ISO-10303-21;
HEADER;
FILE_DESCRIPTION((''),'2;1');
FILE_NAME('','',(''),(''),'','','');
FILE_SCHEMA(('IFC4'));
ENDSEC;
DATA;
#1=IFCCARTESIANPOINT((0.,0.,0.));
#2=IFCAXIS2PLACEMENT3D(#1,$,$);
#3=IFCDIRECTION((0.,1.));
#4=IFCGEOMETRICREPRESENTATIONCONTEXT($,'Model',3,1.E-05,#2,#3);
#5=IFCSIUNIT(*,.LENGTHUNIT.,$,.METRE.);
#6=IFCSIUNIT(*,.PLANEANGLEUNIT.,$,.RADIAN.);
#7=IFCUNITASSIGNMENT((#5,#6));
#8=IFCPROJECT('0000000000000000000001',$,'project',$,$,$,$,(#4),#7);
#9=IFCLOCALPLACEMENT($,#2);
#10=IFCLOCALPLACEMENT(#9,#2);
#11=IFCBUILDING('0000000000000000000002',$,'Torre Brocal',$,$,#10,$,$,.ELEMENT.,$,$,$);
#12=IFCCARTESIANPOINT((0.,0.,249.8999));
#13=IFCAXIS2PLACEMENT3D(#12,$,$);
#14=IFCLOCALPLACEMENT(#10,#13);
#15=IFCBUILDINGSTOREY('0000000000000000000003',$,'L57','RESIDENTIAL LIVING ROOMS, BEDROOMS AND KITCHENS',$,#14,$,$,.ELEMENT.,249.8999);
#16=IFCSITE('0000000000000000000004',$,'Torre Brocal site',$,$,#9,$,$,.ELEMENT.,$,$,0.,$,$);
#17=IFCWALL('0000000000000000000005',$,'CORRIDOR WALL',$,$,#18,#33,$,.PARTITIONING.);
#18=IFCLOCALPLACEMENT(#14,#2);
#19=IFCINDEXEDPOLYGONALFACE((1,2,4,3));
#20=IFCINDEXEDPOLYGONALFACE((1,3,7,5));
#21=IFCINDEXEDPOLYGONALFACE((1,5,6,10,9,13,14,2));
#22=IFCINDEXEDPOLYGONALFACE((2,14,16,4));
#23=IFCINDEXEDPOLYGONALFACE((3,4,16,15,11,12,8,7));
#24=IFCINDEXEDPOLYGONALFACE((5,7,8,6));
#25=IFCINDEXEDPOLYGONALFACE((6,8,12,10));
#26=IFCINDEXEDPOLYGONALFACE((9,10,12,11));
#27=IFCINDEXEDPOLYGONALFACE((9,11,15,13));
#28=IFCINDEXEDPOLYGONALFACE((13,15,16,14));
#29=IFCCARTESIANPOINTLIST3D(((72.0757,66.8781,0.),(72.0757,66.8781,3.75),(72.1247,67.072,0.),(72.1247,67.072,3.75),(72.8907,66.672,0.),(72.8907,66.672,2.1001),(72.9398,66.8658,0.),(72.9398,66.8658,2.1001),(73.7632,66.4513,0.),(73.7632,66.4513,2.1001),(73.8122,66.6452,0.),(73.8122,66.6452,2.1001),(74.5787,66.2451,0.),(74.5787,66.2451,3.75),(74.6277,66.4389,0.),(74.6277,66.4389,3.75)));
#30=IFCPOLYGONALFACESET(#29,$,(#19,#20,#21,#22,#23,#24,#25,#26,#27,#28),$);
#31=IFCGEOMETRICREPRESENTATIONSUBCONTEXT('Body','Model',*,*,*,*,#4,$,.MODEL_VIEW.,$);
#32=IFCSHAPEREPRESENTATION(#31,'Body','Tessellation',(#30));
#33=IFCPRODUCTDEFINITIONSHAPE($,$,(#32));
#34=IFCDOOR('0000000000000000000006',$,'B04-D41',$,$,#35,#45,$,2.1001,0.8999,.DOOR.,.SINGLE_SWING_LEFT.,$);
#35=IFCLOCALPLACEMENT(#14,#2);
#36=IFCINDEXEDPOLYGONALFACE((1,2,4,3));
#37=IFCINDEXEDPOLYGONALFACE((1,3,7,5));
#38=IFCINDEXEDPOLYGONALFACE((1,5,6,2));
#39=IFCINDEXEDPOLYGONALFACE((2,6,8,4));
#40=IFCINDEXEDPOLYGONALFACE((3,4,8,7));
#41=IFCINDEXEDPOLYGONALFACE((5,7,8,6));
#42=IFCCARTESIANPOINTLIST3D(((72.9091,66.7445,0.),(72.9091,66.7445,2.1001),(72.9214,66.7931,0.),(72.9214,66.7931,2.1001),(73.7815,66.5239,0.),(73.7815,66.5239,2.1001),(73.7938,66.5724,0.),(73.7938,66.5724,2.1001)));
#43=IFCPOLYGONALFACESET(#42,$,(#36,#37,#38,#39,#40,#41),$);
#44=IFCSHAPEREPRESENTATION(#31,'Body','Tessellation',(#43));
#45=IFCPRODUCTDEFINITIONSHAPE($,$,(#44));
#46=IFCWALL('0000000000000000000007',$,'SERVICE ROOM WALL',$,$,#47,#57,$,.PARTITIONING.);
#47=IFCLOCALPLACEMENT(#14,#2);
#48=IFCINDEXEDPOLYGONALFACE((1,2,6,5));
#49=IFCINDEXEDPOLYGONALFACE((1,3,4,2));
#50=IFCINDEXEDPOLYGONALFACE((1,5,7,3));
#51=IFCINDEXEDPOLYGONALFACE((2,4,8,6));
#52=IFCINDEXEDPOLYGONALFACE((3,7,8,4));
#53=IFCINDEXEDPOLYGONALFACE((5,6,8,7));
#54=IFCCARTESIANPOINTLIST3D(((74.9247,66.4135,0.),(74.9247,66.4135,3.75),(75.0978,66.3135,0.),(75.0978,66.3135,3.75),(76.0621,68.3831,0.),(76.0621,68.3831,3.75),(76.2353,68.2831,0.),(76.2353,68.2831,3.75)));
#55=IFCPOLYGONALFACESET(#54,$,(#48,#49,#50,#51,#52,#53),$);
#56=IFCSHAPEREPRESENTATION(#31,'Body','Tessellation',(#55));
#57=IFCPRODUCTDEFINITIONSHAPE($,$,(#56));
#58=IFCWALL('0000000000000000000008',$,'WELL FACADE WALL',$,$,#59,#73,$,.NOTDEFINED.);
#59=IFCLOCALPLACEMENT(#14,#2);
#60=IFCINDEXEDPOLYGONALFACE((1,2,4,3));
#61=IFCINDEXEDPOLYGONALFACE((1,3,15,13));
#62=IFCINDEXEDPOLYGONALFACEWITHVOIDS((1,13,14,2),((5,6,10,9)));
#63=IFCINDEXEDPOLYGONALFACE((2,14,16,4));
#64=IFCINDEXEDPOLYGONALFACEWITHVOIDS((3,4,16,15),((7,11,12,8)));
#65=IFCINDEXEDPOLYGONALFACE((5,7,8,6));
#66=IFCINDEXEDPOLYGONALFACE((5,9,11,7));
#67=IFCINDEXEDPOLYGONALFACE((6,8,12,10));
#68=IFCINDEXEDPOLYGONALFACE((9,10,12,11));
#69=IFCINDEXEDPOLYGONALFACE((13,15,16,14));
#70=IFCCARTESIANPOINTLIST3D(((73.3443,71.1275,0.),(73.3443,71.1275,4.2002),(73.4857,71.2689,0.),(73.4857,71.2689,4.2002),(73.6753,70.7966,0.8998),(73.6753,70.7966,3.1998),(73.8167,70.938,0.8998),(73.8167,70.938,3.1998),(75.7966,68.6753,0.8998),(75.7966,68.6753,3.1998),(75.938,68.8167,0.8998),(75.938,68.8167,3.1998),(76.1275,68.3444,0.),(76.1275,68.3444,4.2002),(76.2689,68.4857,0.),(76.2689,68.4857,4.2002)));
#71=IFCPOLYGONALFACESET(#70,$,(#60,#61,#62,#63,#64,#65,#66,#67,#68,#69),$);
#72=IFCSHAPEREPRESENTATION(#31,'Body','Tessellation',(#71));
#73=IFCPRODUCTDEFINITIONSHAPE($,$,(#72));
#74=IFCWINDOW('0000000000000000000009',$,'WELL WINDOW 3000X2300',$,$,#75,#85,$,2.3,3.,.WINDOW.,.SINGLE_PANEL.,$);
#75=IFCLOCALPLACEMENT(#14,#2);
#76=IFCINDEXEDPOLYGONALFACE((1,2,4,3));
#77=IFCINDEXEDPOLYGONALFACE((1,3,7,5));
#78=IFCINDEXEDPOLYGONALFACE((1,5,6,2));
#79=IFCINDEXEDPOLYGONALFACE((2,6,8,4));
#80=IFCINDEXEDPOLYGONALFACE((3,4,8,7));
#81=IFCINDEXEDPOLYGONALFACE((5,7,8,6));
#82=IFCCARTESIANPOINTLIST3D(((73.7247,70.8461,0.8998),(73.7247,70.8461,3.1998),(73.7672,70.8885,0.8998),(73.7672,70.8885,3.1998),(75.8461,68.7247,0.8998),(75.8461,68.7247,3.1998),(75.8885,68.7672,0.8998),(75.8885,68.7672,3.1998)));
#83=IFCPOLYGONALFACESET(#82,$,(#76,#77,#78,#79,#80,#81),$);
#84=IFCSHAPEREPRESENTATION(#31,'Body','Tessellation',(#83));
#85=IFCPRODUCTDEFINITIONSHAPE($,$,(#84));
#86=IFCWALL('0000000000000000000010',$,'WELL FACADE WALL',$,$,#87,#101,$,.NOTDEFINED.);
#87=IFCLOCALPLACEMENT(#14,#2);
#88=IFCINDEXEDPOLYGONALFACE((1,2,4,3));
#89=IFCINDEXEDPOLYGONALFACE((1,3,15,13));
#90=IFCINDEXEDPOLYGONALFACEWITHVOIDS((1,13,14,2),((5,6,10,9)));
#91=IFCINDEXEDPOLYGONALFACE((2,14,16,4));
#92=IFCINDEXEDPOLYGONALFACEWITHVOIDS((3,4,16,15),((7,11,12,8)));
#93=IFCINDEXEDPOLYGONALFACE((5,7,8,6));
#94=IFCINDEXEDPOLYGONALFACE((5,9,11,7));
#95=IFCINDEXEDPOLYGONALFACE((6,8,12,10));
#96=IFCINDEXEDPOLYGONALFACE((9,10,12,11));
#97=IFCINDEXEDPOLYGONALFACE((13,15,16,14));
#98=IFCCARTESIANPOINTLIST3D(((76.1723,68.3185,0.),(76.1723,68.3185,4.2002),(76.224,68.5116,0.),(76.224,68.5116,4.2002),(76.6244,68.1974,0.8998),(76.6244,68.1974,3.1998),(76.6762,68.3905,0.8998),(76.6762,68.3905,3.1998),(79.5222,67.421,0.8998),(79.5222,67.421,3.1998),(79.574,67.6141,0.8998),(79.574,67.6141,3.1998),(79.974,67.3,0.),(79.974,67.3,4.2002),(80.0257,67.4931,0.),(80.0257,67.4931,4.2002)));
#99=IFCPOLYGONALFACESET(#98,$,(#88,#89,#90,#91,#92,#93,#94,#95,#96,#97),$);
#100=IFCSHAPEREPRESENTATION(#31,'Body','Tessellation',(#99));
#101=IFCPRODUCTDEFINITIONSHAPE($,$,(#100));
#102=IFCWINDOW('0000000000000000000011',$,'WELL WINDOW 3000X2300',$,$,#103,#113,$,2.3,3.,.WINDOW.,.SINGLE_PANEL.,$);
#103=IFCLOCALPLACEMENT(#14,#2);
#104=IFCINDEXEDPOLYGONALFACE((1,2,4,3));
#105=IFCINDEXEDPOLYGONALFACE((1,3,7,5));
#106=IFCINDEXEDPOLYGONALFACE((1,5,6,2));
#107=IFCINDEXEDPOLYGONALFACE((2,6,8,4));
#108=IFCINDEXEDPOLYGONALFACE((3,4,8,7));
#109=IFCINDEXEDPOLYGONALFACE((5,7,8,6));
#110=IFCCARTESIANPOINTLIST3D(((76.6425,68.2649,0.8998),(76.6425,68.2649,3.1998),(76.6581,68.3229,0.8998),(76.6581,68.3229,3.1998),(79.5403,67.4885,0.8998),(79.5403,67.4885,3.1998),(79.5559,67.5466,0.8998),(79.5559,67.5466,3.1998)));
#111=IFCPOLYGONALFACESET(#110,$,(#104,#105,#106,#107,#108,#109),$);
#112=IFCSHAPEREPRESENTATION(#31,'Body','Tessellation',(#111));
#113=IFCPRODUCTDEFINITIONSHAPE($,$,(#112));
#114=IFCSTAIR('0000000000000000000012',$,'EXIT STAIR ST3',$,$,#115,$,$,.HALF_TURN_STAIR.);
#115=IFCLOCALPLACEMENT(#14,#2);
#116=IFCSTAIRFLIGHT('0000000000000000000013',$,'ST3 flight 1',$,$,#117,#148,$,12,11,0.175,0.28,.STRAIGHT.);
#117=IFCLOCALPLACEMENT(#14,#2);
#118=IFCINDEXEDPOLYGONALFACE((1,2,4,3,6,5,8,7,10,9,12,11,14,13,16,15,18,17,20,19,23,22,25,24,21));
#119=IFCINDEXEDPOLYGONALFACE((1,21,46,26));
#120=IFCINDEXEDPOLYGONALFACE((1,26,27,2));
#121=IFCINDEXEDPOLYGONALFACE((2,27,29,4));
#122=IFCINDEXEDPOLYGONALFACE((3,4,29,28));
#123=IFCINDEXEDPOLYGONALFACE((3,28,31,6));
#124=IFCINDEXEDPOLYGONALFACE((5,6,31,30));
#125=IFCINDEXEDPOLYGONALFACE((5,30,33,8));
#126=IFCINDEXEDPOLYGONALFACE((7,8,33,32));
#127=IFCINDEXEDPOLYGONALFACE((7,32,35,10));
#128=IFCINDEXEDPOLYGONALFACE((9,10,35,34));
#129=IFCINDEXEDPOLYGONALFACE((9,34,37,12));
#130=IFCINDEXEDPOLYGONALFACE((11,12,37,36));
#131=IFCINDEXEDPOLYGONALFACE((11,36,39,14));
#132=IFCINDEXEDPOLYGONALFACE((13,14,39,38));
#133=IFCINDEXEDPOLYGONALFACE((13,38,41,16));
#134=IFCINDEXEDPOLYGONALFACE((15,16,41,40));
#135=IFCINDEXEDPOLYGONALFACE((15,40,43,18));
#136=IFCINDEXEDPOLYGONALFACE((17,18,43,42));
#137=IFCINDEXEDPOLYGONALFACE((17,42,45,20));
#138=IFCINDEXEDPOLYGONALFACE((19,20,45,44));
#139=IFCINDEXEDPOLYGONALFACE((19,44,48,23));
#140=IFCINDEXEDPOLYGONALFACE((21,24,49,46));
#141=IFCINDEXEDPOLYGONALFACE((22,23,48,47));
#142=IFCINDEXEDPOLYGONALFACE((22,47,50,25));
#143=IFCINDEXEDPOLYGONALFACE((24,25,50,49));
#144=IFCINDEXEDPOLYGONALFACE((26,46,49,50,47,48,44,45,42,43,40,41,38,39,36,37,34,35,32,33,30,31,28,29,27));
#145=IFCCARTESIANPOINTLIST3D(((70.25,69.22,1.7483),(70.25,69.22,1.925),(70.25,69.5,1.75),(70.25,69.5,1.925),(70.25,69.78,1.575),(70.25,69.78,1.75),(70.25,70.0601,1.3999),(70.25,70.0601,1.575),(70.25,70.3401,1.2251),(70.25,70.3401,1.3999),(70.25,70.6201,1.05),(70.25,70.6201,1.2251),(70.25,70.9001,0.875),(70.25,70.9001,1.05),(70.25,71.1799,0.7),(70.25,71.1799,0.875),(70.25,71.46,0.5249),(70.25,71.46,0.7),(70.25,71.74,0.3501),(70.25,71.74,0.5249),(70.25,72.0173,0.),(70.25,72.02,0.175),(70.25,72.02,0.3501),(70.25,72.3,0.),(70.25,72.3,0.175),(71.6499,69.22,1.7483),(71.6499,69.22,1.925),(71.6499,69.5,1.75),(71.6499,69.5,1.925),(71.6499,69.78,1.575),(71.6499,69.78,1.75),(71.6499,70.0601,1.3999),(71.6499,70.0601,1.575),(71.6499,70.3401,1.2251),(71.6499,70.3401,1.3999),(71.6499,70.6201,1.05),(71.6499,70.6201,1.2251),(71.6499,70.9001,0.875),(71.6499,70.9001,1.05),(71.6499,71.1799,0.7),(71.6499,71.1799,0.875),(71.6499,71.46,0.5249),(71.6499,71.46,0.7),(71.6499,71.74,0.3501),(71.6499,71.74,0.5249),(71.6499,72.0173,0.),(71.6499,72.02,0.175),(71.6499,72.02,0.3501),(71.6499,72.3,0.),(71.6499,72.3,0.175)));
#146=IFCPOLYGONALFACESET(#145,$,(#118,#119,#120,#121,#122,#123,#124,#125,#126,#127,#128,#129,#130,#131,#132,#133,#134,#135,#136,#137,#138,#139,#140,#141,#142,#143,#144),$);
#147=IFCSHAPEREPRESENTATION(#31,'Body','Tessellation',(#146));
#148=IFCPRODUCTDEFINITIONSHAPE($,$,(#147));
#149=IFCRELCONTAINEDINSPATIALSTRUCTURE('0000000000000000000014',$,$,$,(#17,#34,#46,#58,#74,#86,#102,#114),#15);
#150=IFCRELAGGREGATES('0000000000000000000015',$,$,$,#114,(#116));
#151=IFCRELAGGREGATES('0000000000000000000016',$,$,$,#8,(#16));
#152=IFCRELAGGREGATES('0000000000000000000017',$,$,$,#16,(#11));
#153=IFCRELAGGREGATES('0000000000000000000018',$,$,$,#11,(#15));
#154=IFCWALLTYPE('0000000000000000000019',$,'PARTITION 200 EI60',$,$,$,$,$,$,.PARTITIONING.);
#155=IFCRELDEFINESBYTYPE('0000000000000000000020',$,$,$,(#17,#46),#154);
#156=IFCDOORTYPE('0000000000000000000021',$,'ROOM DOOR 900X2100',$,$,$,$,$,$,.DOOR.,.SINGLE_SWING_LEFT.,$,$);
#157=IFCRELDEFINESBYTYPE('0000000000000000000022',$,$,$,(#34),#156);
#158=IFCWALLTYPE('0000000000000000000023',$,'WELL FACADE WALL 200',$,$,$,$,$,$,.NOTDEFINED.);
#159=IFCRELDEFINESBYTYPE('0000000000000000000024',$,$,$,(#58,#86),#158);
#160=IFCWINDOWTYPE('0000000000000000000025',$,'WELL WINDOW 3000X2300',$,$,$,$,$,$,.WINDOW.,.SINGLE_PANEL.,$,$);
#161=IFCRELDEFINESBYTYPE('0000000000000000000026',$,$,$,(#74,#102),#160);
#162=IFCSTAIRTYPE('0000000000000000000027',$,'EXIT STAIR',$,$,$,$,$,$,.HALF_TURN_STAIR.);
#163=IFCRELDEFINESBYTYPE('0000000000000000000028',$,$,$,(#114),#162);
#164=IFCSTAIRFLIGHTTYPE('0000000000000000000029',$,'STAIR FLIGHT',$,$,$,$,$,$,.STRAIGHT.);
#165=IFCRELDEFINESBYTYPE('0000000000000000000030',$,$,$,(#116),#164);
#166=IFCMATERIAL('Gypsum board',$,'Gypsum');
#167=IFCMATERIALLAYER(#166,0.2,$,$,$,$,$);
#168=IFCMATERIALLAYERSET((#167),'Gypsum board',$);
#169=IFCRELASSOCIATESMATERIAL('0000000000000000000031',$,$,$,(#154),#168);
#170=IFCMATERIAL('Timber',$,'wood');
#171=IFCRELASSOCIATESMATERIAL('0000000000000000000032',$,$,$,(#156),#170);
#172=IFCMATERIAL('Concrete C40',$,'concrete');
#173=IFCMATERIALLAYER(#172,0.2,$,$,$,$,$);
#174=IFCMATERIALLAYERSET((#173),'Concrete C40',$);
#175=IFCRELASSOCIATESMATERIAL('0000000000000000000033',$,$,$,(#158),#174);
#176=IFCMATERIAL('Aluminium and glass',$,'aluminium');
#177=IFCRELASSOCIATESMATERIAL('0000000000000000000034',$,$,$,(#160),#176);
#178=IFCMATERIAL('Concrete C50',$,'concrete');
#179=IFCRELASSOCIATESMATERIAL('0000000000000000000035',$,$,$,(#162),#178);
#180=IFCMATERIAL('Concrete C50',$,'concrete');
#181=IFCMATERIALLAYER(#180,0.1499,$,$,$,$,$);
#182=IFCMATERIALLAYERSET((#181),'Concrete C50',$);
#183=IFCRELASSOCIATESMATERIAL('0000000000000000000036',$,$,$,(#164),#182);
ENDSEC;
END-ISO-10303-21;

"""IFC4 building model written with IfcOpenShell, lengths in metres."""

from ifc_helpers import new_model, si_unit, direction, frame, frame_2d, origin, place, context, subcontext, project, spatial, polyline, rectangle, outline, extrude, material, layer, layer_set, type_object, element, fill, aggregate, save


model = new_model("IFC4")

# Units and contexts
model_context = context("Model", 3, precision=1e-05, world=origin(), true_north=direction((0.0, 1.0)))
body_context = subcontext(model_context, "Body", "Model", "MODEL_VIEW")
ifc_project = project(units=[si_unit("LENGTHUNIT", "METRE"), si_unit("PLANEANGLEUNIT", "RADIAN")], contexts=[model_context])

# Site, building, storey
site_placement = place(None, origin())
site = spatial("IfcSite", under=ifc_project, at=site_placement, Name="Torre Brocal site", CompositionType="ELEMENT", RefElevation=0.0)
building_placement = place(site_placement, origin())
building = spatial("IfcBuilding", under=site, at=building_placement, Name="Torre Brocal", CompositionType="ELEMENT")
storey_placement = place(building_placement, frame((0.0, 0.0, 249.8999)))
storey = spatial("IfcBuildingStorey", under=building, at=storey_placement, Name="L57", Description="RESIDENTIAL LIVING ROOMS, BEDROOMS AND KITCHENS", CompositionType="ELEMENT", Elevation=249.8999)

# Wall, opening, door
ifc_material_1 = material(Name="Gypsum board", Category="Gypsum")
ifc_layer_1 = layer(ifc_material_1, 0.2)
ifc_layer_set_1 = layer_set([ifc_layer_1], Name="Gypsum board")
wall_type_1 = type_object("IfcWallType", Name="PARTITION 200 EI60", PredefinedType="PARTITIONING", material=ifc_layer_set_1)
wall_1_placement = place(storey_placement, frame((72.1001, 66.9751, 0.0), z_axis=(0.0, 0.0, 1.0), x_axis=(0.969471, -0.245205, 0.0)))
wall_1 = element("IfcWall", 1, at=wall_1_placement, inside=storey, type_object=wall_type_1, Name="CORRIDOR WALL", PredefinedType="PARTITIONING", context=body_context, shape_type="SweptSolid", body=[
    extrude(rectangle(XDim=2.5818, YDim=0.2, at=frame_2d((1.291, 0.0))), origin(), (0.0, 0.0, 1.0), 3.75),
])
opening_1_placement = place(wall_1_placement, frame((0.8408, 0.0, 0.0)))
opening_1 = element("IfcOpeningElement", 2, at=opening_1_placement, cuts=wall_1, PredefinedType="OPENING", context=body_context, shape_type="SweptSolid", body=[
    extrude(rectangle(XDim=0.8999, YDim=2.1001, at=frame_2d((0.45, 1.05))), frame((0.0, 0.1099, 0.0), z_axis=(0.0, -1.0, 0.0), x_axis=(1.0, 0.0, 0.0)), (0.0, 0.0, 1.0), 0.22),
])
ifc_material_2 = material(Name="Timber", Category="wood")
door_type_1 = type_object("IfcDoorType", Name="ROOM DOOR 900X2100", OperationType="SINGLE_SWING_LEFT", PredefinedType="DOOR", material=ifc_material_2)
door_1_placement = place(opening_1_placement, origin())
door_1 = element("IfcDoor", 3, at=door_1_placement, inside=storey, type_object=door_type_1, Name="B04-D41", OperationType="SINGLE_SWING_LEFT", OverallHeight=2.1001, OverallWidth=0.8999, PredefinedType="DOOR", context=body_context, shape_type="SweptSolid", body=[
    extrude(rectangle(XDim=0.8999, YDim=2.1001, at=frame_2d((0.45, 1.05))), frame((0.0, 0.0249, 0.0), z_axis=(0.0, -1.0, 0.0), x_axis=(1.0, 0.0, 0.0)), (0.0, 0.0, 1.0), 0.05),
])
fill(opening_1, door_1)

# Wall
wall_2_placement = place(storey_placement, frame((75.0112, 66.3635, 0.0), z_axis=(0.0, 0.0, 1.0), x_axis=(0.500122, 0.865955, 0.0)))
element("IfcWall", 4, at=wall_2_placement, inside=storey, type_object=wall_type_1, Name="SERVICE ROOM WALL", PredefinedType="PARTITIONING", context=body_context, shape_type="SweptSolid", body=[
    extrude(rectangle(XDim=2.2744, YDim=0.2, at=frame_2d((1.1372, 0.0))), origin(), (0.0, 0.0, 1.0), 3.75),
])

# Walls, openings, windows
ifc_material_3 = material(Name="Concrete C40", Category="concrete")
ifc_layer_2 = layer(ifc_material_3, 0.2)
ifc_layer_set_2 = layer_set([ifc_layer_2], Name="Concrete C40")
wall_type_2 = type_object("IfcWallType", Name="WELL FACADE WALL 200", PredefinedType="NOTDEFINED", material=ifc_layer_set_2)
wall_3_placement = place(storey_placement, frame((73.415, 71.1982, 0.0), z_axis=(0.0, 0.0, 1.0), x_axis=(0.707107, -0.707107, 0.0)))
wall_3 = element("IfcWall", 5, at=wall_3_placement, inside=storey, type_object=wall_type_2, Name="WELL FACADE WALL", PredefinedType="NOTDEFINED", context=body_context, shape_type="SweptSolid", body=[
    extrude(rectangle(XDim=3.936, YDim=0.2, at=frame_2d((1.968, 0.0))), origin(), (0.0, 0.0, 1.0), 4.2002),
])
opening_2_placement = place(wall_3_placement, frame((0.468, 0.0, 0.8999)))
opening_2 = element("IfcOpeningElement", 6, at=opening_2_placement, cuts=wall_3, PredefinedType="OPENING", context=body_context, shape_type="SweptSolid", body=[
    extrude(rectangle(XDim=3.0, YDim=2.3, at=frame_2d((1.5, 1.1499))), frame((0.0, 0.1099, 0.0), z_axis=(0.0, -1.0, 0.0), x_axis=(1.0, 0.0, 0.0)), (0.0, 0.0, 1.0), 0.22),
])
ifc_material_4 = material(Name="Aluminium and glass", Category="aluminium")
window_type = type_object("IfcWindowType", Name="WELL WINDOW 3000X2300", PartitioningType="SINGLE_PANEL", PredefinedType="WINDOW", material=ifc_material_4)
window_1_placement = place(opening_2_placement, origin())
window_1 = element("IfcWindow", 7, at=window_1_placement, inside=storey, type_object=window_type, Name="WELL WINDOW 3000X2300", OverallHeight=2.3, OverallWidth=3.0, PartitioningType="SINGLE_PANEL", PredefinedType="WINDOW", context=body_context, shape_type="SweptSolid", body=[
    extrude(rectangle(XDim=3.0, YDim=2.3, at=frame_2d((1.5, 1.1499))), frame((0.0, 0.03, 0.0), z_axis=(0.0, -1.0, 0.0), x_axis=(1.0, 0.0, 0.0)), (0.0, 0.0, 1.0), 0.0601),
])
fill(opening_2, window_1)
wall_4_placement = place(storey_placement, frame((76.1982, 68.415, 0.0), z_axis=(0.0, 0.0, 1.0), x_axis=(0.965934, -0.25879, 0.0)))
wall_4 = element("IfcWall", 8, at=wall_4_placement, inside=storey, type_object=wall_type_2, Name="WELL FACADE WALL", PredefinedType="NOTDEFINED", context=body_context, shape_type="SweptSolid", body=[
    extrude(rectangle(XDim=3.9358, YDim=0.2, at=frame_2d((1.9678, 0.0))), origin(), (0.0, 0.0, 1.0), 4.2002),
])
opening_3_placement = place(wall_4_placement, frame((0.468, 0.0, 0.8999)))
opening_3 = element("IfcOpeningElement", 9, at=opening_3_placement, cuts=wall_4, PredefinedType="OPENING", context=body_context, shape_type="SweptSolid", body=[
    extrude(rectangle(XDim=3.0, YDim=2.3, at=frame_2d((1.5, 1.1499))), frame((0.0, 0.1099, 0.0), z_axis=(0.0, -1.0, 0.0), x_axis=(1.0, 0.0, 0.0)), (0.0, 0.0, 1.0), 0.22),
])
window_2_placement = place(opening_3_placement, origin())
window_2 = element("IfcWindow", 10, at=window_2_placement, inside=storey, type_object=window_type, Name="WELL WINDOW 3000X2300", OverallHeight=2.3, OverallWidth=3.0, PartitioningType="SINGLE_PANEL", PredefinedType="WINDOW", context=body_context, shape_type="SweptSolid", body=[
    extrude(rectangle(XDim=3.0, YDim=2.3, at=frame_2d((1.5, 1.1499))), frame((0.0, 0.03, 0.0), z_axis=(0.0, -1.0, 0.0), x_axis=(1.0, 0.0, 0.0)), (0.0, 0.0, 1.0), 0.0601),
])
fill(opening_3, window_2)

# Stair, stair flight
ifc_material_5 = material(Name="Concrete C50", Category="concrete")
stair_type = type_object("IfcStairType", Name="EXIT STAIR", PredefinedType="HALF_TURN_STAIR", material=ifc_material_5)
stair_placement = place(storey_placement, origin())
stair = element("IfcStair", 11, at=stair_placement, inside=storey, type_object=stair_type, Name="EXIT STAIR ST3", PredefinedType="HALF_TURN_STAIR")
ifc_material_6 = material(Name="Concrete C50", Category="concrete")
ifc_layer_3 = layer(ifc_material_6, 0.1499)
ifc_layer_set_3 = layer_set([ifc_layer_3], Name="Concrete C50")
stair_flight_type = type_object("IfcStairFlightType", Name="STAIR FLIGHT", PredefinedType="STRAIGHT", material=ifc_layer_set_3)
stair_flight_1_placement = place(storey_placement, frame((70.95, 72.3, 0.0), z_axis=(0.0, 0.0, 1.0), x_axis=(0.0, -1.0, 0.0)))
stair_flight_1 = element("IfcStairFlight", 12, at=stair_flight_1_placement, type_object=stair_flight_type, Name="ST3 flight 1", NumberOfRisers=12, NumberOfTreads=11, PredefinedType="STRAIGHT", RiserHeight=0.175, TreadLength=0.28, context=body_context, shape_type="SweptSolid", body=[
    extrude(outline(polyline([(0.0, 0.0), (0.0, 0.175), (0.28, 0.175), (0.28, 0.3501), (0.5601, 0.3501), (0.5601, 0.5249), (0.8401, 0.5249), (0.8401, 0.7), (1.1201, 0.7), (1.1201, 0.875), (1.3999, 0.875), (1.3999, 1.05), (1.6799, 1.05), (1.6799, 1.2251), (1.96, 1.2251), (1.96, 1.3999), (2.24, 1.3999), (2.24, 1.575), (2.52, 1.575), (2.52, 1.75), (2.8, 1.75), (2.8, 1.925), (3.0801, 1.925), (3.0801, 2.1001), (3.0801, 1.7483), (0.2827, 0.0), (0.0, 0.0)])), frame((0.0, 0.7, 0.0), z_axis=(0.0, -1.0, 0.0), x_axis=(1.0, 0.0, 0.0)), (0.0, 0.0, 1.0), 1.3999),
])
aggregate(stair, [stair_flight_1])

save(model, "model.ifc")
